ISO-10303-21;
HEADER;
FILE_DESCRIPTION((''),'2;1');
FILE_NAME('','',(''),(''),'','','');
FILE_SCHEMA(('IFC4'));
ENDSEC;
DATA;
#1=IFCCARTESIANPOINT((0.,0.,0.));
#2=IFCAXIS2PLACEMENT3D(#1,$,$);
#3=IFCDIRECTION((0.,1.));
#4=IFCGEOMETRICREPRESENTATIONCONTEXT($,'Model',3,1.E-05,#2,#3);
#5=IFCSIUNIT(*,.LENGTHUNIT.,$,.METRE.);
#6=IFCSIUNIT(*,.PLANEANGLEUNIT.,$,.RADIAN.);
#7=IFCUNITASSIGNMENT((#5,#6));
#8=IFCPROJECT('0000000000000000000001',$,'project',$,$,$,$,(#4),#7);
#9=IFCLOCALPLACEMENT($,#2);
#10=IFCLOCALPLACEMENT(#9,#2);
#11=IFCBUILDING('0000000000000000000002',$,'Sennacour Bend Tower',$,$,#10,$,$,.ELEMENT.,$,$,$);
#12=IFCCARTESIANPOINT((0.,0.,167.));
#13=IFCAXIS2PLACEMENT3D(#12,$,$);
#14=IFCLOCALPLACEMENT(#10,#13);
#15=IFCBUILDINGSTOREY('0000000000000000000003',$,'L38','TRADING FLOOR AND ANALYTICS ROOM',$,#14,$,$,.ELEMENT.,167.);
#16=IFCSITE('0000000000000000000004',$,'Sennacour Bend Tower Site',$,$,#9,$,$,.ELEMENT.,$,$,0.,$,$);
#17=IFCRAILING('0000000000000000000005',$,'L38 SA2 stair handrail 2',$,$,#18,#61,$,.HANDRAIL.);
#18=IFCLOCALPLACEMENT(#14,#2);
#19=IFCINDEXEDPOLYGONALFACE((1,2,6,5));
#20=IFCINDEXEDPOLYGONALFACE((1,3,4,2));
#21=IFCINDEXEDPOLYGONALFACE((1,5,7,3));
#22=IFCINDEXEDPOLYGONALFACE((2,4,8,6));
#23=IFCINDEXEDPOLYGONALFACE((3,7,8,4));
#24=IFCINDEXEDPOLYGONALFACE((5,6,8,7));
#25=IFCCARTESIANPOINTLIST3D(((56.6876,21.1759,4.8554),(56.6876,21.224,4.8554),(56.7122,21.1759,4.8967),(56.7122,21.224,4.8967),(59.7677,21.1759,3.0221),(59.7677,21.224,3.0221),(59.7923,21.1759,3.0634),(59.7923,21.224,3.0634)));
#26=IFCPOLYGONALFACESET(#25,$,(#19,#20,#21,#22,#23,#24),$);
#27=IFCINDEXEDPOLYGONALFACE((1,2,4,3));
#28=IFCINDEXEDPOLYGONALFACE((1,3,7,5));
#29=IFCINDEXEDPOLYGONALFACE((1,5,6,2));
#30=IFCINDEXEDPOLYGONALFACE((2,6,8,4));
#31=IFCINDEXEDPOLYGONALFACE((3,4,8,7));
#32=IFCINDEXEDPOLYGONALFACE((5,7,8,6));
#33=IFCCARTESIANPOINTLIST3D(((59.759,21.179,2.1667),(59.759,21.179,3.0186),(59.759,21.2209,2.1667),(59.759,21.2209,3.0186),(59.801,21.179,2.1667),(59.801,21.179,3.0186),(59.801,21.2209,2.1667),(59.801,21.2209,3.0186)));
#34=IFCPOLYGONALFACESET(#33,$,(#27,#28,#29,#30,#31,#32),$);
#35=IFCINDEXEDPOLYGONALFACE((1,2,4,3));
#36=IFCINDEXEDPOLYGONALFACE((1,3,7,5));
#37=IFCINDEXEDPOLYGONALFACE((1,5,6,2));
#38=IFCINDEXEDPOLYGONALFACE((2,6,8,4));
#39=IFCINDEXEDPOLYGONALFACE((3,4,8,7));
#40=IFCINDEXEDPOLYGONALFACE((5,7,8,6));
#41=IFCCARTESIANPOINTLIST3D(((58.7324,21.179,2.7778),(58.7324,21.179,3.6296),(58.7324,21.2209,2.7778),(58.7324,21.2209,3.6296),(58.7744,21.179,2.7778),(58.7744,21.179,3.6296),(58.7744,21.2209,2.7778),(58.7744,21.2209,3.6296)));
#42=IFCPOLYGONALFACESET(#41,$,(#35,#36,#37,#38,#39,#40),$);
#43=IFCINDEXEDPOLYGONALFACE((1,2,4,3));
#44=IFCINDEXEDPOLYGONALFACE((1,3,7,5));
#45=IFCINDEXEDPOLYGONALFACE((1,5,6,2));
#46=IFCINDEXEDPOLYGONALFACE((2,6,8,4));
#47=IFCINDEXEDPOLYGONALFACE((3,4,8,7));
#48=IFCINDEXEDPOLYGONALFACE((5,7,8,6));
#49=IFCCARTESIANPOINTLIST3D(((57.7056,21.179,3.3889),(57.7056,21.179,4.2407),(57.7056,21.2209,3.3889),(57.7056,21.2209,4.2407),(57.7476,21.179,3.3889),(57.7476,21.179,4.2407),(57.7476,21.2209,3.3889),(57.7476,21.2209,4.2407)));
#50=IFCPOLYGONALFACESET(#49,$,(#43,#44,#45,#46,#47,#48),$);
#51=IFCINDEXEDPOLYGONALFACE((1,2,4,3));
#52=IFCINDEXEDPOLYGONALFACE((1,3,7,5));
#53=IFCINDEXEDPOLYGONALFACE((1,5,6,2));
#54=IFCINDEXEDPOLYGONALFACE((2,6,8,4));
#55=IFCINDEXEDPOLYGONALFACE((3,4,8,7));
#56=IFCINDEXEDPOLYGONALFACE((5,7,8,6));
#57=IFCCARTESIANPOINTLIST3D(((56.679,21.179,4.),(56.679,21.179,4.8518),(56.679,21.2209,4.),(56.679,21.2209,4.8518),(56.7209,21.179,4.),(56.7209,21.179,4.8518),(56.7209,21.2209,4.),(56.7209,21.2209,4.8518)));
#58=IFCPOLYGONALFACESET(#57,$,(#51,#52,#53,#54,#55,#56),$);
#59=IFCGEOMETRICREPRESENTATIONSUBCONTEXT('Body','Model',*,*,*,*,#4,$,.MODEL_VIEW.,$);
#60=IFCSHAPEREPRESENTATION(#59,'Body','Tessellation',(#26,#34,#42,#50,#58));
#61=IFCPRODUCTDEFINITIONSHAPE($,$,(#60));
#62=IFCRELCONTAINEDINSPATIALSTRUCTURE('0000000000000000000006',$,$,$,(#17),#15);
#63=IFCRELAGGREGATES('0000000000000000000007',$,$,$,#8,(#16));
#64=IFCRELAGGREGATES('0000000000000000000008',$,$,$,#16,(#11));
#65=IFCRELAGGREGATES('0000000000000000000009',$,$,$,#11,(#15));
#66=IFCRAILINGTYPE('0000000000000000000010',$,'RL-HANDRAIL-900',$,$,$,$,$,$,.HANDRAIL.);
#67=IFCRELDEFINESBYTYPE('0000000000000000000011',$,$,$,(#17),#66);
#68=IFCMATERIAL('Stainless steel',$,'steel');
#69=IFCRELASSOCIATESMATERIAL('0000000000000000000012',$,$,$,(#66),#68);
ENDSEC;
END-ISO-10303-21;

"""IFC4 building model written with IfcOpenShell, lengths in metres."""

from ifc_helpers import new_model, si_unit, direction, frame, origin, origin_2d, place, context, subcontext, project, spatial, rectangle, extrude, material, type_object, element, save


model = new_model("IFC4")

# Units and contexts
model_context = context("Model", 3, precision=1e-05, world=origin(), true_north=direction((0.0, 1.0)))
body_context = subcontext(model_context, "Body", "Model", "MODEL_VIEW")
ifc_project = project(units=[si_unit("LENGTHUNIT", "METRE"), si_unit("PLANEANGLEUNIT", "RADIAN")], contexts=[model_context])

# Site, building, storey
site_placement = place(None, origin())
site = spatial("IfcSite", under=ifc_project, at=site_placement, Name="Sennacour Bend Tower Site", CompositionType="ELEMENT", RefElevation=0.0)
building_placement = place(site_placement, origin())
building = spatial("IfcBuilding", under=site, at=building_placement, Name="Sennacour Bend Tower", CompositionType="ELEMENT")
storey_placement = place(building_placement, frame((0.0, 0.0, 167.0)))
storey = spatial("IfcBuildingStorey", under=building, at=storey_placement, Name="L38", Description="TRADING FLOOR AND ANALYTICS ROOM", CompositionType="ELEMENT", Elevation=167.0)

# Shared definitions
ifc_material_1 = material(Name="Stainless steel", Category="steel")

# Railing
railing_type_1 = type_object("IfcRailingType", Name="RL-HANDRAIL-900", PredefinedType="HANDRAIL", material=ifc_material_1)
railing_1_placement = place(storey_placement, frame((59.78, 21.2, 2.1667)))
element("IfcRailing", 1, at=railing_1_placement, inside=storey, type_object=railing_type_1, Name="L38 SA2 stair handrail 2", PredefinedType="HANDRAIL", context=body_context, shape_type="SweptSolid", body=[
    extrude(rectangle(XDim=0.0481, YDim=0.0481, at=origin_2d()), frame((0.0, 0.0, 0.876), z_axis=(-0.859309, 0.0, 0.511458), x_axis=(0.0, -1.0, 0.0)), (0.0, 0.0, 1.0), 3.5845),
    extrude(rectangle(XDim=0.042, YDim=0.042, at=origin_2d()), origin(), (0.0, 0.0, 1.0), 0.8518),
    extrude(rectangle(XDim=0.042, YDim=0.042, at=origin_2d()), frame((-1.0266, 0.0, 0.6111)), (0.0, 0.0, 1.0), 0.8518),
    extrude(rectangle(XDim=0.042, YDim=0.042, at=origin_2d()), frame((-2.0535, 0.0, 1.2222)), (0.0, 0.0, 1.0), 0.8518),
    extrude(rectangle(XDim=0.042, YDim=0.042, at=origin_2d()), frame((-3.0801, 0.0, 1.8333)), (0.0, 0.0, 1.0), 0.8518),
])

save(model, "model.ifc")
